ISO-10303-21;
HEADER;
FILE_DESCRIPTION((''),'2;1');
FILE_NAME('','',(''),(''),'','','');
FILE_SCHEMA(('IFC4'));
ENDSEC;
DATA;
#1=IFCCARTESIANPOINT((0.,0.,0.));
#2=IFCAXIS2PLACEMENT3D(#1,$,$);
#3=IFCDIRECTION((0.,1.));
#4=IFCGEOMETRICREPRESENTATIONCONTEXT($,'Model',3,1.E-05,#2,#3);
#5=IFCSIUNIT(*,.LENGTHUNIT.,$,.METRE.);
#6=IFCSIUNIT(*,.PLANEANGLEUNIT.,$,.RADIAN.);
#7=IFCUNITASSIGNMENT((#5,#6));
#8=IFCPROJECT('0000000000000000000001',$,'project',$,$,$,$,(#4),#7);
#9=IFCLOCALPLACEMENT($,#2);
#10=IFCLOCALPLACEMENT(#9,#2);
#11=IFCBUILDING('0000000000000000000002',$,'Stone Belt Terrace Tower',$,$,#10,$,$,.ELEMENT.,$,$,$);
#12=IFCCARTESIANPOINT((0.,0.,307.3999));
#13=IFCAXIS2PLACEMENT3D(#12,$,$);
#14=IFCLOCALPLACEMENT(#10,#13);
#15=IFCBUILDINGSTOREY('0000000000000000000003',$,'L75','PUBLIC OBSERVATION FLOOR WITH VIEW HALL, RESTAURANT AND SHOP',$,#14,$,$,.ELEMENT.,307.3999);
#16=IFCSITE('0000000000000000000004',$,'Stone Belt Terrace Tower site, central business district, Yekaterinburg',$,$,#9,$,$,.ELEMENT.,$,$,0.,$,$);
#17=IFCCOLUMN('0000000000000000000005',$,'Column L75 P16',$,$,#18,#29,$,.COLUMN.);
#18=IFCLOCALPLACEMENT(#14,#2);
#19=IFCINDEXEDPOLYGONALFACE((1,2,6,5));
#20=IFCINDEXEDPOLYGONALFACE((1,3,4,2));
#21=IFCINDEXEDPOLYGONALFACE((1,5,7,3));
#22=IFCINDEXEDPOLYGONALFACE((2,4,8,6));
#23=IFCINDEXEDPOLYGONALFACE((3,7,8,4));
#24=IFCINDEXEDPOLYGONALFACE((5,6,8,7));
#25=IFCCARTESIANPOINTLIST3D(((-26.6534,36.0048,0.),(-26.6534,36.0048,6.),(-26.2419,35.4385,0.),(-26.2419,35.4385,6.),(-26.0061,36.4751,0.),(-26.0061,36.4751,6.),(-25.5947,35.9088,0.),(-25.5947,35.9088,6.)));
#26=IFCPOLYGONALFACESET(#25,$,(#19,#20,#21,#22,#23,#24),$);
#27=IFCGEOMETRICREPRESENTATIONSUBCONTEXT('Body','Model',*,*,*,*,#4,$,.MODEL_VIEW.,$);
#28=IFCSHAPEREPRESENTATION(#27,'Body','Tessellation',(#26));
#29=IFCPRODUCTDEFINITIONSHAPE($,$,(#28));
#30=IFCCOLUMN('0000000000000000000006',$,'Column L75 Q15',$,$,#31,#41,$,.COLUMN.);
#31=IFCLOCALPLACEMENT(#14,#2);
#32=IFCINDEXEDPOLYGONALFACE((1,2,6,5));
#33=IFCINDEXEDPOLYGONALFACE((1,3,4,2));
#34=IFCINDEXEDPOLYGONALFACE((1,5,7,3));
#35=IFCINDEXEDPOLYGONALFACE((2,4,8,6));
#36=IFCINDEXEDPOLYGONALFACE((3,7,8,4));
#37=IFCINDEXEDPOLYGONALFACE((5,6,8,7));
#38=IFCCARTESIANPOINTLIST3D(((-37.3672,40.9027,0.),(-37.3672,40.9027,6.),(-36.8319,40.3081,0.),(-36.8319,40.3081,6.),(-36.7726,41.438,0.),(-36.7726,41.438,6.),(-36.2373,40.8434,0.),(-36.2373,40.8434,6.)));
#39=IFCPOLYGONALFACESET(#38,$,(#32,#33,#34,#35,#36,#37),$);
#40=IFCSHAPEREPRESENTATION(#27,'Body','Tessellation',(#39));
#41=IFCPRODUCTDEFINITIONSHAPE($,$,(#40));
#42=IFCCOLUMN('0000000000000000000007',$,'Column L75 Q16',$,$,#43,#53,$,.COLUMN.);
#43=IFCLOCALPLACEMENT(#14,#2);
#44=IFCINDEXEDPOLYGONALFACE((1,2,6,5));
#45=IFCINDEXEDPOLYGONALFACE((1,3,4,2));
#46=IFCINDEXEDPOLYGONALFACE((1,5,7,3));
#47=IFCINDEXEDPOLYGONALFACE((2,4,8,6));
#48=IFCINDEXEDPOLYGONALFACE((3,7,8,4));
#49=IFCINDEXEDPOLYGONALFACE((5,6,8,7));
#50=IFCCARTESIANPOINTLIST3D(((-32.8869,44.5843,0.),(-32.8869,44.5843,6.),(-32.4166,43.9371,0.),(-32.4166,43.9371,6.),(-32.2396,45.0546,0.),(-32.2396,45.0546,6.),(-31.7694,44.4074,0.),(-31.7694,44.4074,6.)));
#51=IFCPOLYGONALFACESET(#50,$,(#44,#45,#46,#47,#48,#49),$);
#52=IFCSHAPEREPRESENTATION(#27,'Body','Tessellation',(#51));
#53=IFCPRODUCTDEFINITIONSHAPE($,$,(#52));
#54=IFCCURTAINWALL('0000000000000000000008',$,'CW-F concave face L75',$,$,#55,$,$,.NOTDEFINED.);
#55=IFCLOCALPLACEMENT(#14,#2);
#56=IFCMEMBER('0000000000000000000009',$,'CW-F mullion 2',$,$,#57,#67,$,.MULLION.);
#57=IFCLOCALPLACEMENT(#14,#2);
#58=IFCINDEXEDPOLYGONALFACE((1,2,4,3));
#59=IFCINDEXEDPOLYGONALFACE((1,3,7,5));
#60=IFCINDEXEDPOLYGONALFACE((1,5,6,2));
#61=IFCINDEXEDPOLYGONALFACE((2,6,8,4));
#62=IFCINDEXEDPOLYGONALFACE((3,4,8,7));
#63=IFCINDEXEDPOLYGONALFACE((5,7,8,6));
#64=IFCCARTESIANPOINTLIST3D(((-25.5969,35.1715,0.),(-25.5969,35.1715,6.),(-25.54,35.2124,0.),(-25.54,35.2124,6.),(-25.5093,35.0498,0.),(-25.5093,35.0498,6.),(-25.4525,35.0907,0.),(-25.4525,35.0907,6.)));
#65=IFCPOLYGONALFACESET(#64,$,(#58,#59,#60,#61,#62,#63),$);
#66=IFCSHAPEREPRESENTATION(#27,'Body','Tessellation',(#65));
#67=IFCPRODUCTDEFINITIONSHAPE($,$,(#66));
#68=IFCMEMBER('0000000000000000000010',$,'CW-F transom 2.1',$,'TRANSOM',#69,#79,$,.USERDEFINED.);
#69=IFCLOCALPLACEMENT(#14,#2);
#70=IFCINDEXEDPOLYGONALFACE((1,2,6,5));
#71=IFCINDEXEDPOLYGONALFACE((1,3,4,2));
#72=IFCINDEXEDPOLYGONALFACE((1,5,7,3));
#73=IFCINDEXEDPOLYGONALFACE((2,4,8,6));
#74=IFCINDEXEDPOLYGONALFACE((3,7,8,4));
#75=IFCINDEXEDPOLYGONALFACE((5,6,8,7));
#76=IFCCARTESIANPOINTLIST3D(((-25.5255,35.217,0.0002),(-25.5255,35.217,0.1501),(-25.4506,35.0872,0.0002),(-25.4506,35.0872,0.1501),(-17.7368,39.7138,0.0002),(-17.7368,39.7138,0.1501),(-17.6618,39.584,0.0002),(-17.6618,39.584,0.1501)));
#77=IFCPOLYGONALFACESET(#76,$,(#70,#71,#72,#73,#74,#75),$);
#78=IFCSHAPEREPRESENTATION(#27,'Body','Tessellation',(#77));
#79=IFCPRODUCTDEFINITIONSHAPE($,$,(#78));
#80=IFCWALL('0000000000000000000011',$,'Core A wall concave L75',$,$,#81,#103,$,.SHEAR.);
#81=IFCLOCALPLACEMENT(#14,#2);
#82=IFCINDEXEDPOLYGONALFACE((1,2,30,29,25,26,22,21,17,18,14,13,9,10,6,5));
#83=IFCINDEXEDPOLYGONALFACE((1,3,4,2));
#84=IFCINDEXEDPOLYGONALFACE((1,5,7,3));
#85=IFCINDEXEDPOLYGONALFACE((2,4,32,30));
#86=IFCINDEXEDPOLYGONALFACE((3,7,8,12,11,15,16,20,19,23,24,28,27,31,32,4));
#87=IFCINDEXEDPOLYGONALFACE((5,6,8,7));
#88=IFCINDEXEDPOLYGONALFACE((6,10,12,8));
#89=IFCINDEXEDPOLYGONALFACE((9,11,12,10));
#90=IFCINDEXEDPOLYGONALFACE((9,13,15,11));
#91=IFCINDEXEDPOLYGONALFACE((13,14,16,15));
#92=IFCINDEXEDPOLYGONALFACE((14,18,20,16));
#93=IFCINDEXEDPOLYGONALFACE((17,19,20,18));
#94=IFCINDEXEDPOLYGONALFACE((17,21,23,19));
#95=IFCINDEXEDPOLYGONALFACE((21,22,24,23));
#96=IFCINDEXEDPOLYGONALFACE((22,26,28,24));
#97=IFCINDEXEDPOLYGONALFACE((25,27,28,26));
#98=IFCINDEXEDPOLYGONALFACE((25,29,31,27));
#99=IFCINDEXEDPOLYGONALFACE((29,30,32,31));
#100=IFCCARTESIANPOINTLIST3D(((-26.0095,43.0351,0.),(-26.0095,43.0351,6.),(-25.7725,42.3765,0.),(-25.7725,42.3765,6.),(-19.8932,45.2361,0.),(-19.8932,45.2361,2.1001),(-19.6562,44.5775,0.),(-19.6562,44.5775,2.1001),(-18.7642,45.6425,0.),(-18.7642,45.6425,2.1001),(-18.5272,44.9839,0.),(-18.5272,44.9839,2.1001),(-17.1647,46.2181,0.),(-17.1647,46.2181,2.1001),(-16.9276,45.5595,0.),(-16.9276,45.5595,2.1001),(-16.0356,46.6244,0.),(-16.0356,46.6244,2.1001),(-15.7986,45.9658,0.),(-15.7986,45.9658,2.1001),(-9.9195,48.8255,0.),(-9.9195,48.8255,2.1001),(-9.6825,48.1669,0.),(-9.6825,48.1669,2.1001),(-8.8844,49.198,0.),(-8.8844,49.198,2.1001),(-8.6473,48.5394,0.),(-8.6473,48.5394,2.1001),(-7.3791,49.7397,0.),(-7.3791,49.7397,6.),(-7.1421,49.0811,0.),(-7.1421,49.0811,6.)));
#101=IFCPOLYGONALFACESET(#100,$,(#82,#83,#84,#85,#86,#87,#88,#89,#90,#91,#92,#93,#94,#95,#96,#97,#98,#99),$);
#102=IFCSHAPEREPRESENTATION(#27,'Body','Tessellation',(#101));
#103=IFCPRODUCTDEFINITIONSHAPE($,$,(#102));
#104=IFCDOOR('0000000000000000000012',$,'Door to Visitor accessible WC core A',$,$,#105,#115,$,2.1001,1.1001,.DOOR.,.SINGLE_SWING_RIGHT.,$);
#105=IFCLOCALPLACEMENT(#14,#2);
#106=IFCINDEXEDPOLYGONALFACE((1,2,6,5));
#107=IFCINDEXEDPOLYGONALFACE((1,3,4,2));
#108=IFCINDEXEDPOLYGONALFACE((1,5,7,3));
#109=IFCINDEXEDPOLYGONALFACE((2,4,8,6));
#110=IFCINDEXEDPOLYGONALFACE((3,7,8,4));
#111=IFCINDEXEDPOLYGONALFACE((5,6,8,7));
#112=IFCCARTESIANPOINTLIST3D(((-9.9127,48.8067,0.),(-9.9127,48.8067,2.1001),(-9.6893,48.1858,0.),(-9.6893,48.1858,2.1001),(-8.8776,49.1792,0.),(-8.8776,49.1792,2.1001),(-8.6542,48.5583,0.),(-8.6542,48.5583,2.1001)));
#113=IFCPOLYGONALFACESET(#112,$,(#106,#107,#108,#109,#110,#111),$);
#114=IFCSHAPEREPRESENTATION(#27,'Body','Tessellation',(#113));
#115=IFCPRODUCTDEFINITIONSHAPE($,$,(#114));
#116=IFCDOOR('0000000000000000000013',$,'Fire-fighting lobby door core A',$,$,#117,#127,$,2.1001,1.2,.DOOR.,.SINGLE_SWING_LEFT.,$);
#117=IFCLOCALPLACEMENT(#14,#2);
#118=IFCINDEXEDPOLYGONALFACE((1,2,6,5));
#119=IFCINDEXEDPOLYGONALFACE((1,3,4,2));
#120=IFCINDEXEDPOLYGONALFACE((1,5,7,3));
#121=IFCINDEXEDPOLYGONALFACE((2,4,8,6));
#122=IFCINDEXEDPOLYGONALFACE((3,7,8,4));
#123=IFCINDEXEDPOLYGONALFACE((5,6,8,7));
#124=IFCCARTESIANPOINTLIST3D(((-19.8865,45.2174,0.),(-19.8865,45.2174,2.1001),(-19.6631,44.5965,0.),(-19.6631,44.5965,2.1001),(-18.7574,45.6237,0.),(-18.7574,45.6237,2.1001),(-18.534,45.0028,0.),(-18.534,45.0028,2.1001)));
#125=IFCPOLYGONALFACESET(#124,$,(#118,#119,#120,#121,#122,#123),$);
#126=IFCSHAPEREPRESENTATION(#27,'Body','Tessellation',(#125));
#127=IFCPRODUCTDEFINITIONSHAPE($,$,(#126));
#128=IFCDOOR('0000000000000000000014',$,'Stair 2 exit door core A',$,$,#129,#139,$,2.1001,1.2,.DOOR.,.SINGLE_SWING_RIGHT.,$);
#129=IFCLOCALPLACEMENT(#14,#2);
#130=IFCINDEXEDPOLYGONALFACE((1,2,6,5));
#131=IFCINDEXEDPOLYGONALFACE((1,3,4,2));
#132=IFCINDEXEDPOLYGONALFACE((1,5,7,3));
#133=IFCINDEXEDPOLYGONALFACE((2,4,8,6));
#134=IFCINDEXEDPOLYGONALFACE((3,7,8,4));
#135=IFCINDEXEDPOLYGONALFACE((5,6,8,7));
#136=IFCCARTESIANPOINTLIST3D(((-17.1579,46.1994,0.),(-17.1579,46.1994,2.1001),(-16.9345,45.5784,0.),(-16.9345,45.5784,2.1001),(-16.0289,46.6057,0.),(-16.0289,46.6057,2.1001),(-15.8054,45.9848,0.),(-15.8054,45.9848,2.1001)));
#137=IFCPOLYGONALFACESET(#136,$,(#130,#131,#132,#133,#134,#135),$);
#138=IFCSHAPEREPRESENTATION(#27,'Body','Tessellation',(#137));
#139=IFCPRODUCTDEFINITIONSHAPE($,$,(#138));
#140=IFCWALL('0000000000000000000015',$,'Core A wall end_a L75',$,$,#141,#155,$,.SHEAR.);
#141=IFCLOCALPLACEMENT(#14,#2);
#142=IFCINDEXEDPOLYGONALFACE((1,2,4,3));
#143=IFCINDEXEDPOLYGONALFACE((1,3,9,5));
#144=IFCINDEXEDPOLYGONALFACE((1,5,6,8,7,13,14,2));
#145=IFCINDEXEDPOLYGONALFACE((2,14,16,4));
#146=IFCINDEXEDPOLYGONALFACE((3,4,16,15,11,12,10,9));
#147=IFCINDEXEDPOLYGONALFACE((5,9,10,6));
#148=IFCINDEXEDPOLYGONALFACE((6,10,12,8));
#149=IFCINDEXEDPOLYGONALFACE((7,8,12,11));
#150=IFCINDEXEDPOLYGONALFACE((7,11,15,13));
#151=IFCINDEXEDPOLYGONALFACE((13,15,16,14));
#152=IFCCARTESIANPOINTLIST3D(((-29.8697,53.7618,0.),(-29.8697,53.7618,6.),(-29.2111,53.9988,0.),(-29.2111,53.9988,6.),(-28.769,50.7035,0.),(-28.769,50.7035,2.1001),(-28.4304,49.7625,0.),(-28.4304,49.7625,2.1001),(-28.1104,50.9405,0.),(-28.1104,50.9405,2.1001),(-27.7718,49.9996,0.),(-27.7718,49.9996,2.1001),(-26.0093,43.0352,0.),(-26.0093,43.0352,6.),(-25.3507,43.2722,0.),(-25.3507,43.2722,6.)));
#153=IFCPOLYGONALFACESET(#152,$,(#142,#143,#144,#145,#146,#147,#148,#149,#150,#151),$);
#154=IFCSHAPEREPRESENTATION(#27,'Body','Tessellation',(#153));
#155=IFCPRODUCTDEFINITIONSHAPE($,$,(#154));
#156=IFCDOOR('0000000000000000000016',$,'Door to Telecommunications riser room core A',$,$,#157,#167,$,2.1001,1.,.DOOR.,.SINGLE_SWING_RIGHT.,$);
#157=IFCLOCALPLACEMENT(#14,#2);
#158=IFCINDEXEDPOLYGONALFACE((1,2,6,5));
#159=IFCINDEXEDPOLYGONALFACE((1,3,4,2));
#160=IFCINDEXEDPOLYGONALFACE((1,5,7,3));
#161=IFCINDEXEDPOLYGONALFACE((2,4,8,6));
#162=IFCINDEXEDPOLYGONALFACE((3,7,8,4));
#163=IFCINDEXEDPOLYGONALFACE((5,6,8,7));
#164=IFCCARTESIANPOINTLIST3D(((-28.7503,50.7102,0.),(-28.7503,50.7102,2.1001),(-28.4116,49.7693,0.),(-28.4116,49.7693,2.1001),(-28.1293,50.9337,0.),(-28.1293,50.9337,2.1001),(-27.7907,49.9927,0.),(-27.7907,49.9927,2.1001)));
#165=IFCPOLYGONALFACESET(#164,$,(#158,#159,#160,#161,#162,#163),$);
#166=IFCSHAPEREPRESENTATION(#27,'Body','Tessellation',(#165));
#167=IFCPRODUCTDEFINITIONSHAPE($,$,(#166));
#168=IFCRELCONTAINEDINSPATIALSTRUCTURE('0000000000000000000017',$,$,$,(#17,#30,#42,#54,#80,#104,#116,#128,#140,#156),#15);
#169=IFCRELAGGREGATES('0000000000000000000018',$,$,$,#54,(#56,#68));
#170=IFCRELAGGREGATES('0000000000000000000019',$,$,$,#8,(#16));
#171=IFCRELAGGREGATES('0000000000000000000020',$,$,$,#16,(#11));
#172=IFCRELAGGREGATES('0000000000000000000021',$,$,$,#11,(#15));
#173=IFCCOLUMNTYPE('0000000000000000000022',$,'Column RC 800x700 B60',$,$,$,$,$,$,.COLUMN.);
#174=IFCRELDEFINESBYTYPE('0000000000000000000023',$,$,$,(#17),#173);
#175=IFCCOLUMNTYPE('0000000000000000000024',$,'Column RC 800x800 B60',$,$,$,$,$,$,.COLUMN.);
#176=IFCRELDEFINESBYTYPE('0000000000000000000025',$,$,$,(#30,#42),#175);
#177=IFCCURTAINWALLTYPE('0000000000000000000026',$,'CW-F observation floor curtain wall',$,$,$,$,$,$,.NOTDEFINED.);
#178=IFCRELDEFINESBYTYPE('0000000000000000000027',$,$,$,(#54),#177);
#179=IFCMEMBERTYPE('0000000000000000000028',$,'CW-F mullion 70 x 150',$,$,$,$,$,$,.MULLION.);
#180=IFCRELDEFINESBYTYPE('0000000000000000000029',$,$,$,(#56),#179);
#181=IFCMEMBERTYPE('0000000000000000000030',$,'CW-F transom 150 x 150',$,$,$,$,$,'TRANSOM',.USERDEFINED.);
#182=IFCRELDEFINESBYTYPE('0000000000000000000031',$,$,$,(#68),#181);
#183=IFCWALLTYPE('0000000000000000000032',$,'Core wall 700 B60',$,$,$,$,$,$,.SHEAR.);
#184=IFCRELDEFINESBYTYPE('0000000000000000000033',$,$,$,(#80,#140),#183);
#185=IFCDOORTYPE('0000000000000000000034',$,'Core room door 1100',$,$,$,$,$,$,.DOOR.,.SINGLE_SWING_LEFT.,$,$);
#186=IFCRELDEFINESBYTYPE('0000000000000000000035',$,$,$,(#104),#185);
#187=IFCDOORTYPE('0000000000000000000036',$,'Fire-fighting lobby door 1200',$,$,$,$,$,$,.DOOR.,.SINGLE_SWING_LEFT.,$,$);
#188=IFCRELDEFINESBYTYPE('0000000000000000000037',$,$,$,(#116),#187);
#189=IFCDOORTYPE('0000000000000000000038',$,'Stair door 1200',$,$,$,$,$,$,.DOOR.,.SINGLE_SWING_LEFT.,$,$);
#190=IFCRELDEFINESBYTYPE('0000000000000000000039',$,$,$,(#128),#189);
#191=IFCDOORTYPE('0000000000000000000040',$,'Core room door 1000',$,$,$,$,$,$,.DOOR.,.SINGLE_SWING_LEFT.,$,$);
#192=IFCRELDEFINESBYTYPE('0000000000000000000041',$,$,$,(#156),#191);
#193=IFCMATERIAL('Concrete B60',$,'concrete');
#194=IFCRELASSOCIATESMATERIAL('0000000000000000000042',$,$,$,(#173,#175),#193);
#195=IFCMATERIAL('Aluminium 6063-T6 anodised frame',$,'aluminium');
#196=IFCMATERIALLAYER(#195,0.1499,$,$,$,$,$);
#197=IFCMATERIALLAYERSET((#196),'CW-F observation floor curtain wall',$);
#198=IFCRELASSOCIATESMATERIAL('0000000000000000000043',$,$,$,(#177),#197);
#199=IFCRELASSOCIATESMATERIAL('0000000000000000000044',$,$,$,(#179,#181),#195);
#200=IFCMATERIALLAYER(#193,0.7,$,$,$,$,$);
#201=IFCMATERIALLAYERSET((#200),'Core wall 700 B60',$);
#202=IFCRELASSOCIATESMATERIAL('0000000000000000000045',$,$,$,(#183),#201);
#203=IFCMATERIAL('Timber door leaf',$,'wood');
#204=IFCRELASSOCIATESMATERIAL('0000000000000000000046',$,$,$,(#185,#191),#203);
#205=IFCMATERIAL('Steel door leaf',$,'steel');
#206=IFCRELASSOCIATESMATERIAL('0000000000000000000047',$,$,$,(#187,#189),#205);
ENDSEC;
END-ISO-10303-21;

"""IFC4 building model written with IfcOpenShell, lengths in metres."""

from ifc_helpers import new_model, si_unit, direction, frame, frame_2d, origin, origin_2d, place, context, subcontext, project, spatial, rectangle, extrude, material, layer, layer_set, material_profile, profile_set, type_object, element, fill, aggregate, save


model = new_model("IFC4")

# Units and contexts
model_context = context("Model", 3, precision=1e-05, world=origin(), true_north=direction((0.0, 1.0)))
body_context = subcontext(model_context, "Body", "Model", "MODEL_VIEW")
ifc_project = project(units=[si_unit("LENGTHUNIT", "METRE"), si_unit("PLANEANGLEUNIT", "RADIAN")], contexts=[model_context])

# Site, building, storey
site_placement = place(None, origin())
site = spatial("IfcSite", under=ifc_project, at=site_placement, Name="Stone Belt Terrace Tower site, central business district, Yekaterinburg", CompositionType="ELEMENT", RefElevation=0.0)
building_placement = place(site_placement, origin())
building = spatial("IfcBuilding", under=site, at=building_placement, Name="Stone Belt Terrace Tower", CompositionType="ELEMENT")
storey_placement = place(building_placement, frame((0.0, 0.0, 307.3999)))
storey = spatial("IfcBuildingStorey", under=building, at=storey_placement, Name="L75", Description="PUBLIC OBSERVATION FLOOR WITH VIEW HALL, RESTAURANT AND SHOP", CompositionType="ELEMENT", Elevation=307.3999)

# Columns
ifc_material_1 = material(Name="Concrete B60", Category="concrete")
ifc_material_profile_1 = material_profile(ifc_material_1, rectangle(XDim=0.8, YDim=0.7, at=origin_2d()), Name="RC 800x700")
ifc_profile_set_1 = profile_set([ifc_material_profile_1], Name="Concrete B60")
column_type_1 = type_object("IfcColumnType", Name="Column RC 800x700 B60", PredefinedType="COLUMN", material=ifc_profile_set_1)
column_placement = place(storey_placement, frame((-26.124, 35.9568, 0.0), z_axis=(0.0, 0.0, 1.0), x_axis=(0.809017, 0.587785, 0.0)))
element("IfcColumn", 1, at=column_placement, inside=storey, type_object=column_type_1, Name="Column L75 P16", PredefinedType="COLUMN", context=body_context, shape_type="SweptSolid", body=[
    extrude(rectangle(XDim=0.8, YDim=0.7, at=origin_2d()), origin(), (0.0, 0.0, 1.0), 6.0),
])
ifc_material_profile_2 = material_profile(ifc_material_1, rectangle(XDim=0.8, YDim=0.8, at=origin_2d()), Name="RC 800x800")
ifc_profile_set_2 = profile_set([ifc_material_profile_2], Name="Concrete B60")
column_type_2 = type_object("IfcColumnType", Name="Column RC 800x800 B60", PredefinedType="COLUMN", material=ifc_profile_set_2)
for number, where, z_axis, x_axis, name in (
    (2, (-36.8022, 40.873, 0.0), (0.0, 0.0, 1.0), (0.743145, 0.669131, 0.0), "Column L75 Q15"),
    (3, (-32.3281, 44.4958, 0.0), (0.0, 0.0, 1.0), (0.809017, 0.587785, 0.0), "Column L75 Q16"),
):
    element("IfcColumn", number, at=place(storey_placement, frame(where, z_axis=z_axis, x_axis=x_axis)), inside=storey, type_object=column_type_2, Name=name, PredefinedType="COLUMN", context=body_context, shape_type="SweptSolid", body=[
        extrude(rectangle(XDim=0.8, YDim=0.8, at=origin_2d()), origin(), (0.0, 0.0, 1.0), 6.0),
    ])

# Curtain wall, members
ifc_material_2 = material(Name="Aluminium 6063-T6 anodised frame", Category="aluminium")
ifc_layer_1 = layer(ifc_material_2, 0.1499)
ifc_layer_set_1 = layer_set([ifc_layer_1], Name="CW-F observation floor curtain wall")
curtain_wall_type = type_object("IfcCurtainWallType", Name="CW-F observation floor curtain wall", PredefinedType="NOTDEFINED", material=ifc_layer_set_1)
curtain_wall_placement = place(storey_placement, origin())
curtain_wall = element("IfcCurtainWall", 4, at=curtain_wall_placement, inside=storey, type_object=curtain_wall_type, Name="CW-F concave face L75", PredefinedType="NOTDEFINED")
ifc_material_profile_3 = material_profile(ifc_material_2, rectangle(XDim=0.1499, YDim=0.0701, at=origin_2d()), Name="Aluminium 6063-T6 70x150")
ifc_profile_set_3 = profile_set([ifc_material_profile_3], Name="Aluminium 6063-T6 anodised frame")
member_type_1 = type_object("IfcMemberType", Name="CW-F mullion 70 x 150", PredefinedType="MULLION", material=ifc_profile_set_3)
member_1_placement = place(storey_placement, frame((-25.5247, 35.1311, 0.0), z_axis=(0.0, 0.0, 1.0), x_axis=(-0.583819, 0.811884, 0.0)))
member_1 = element("IfcMember", 5, at=member_1_placement, type_object=member_type_1, Name="CW-F mullion 2", PredefinedType="MULLION", context=body_context, shape_type="SweptSolid", body=[
    extrude(rectangle(XDim=0.1499, YDim=0.0701, at=origin_2d()), origin(), (0.0, 0.0, 1.0), 6.0),
])
ifc_material_profile_4 = material_profile(ifc_material_2, rectangle(XDim=0.1499, YDim=0.1499, at=origin_2d()), Name="Aluminium 6063-T6 150x150")
ifc_profile_set_4 = profile_set([ifc_material_profile_4], Name="Aluminium 6063-T6 anodised frame")
member_type_2 = type_object("IfcMemberType", Name="CW-F transom 150 x 150", ElementType="TRANSOM", PredefinedType="USERDEFINED", material=ifc_profile_set_4)
member_2_placement = place(storey_placement, frame((-25.488, 35.1521, 0.0752), z_axis=(0.866028, 0.499996, 0.0), x_axis=(-0.499996, 0.866028, 0.0)))
member_2 = element("IfcMember", 6, at=member_2_placement, type_object=member_type_2, Name="CW-F transom 2.1", ObjectType="TRANSOM", PredefinedType="USERDEFINED", context=body_context, shape_type="SweptSolid", body=[
    extrude(rectangle(XDim=0.1499, YDim=0.1499, at=origin_2d()), origin(), (0.0, 0.0, 1.0), 8.9937),
])
aggregate(curtain_wall, [member_1, member_2])

# Wall, openings, doors
ifc_layer_2 = layer(ifc_material_1, 0.7)
ifc_layer_set_2 = layer_set([ifc_layer_2], Name="Core wall 700 B60")
wall_type_1 = type_object("IfcWallType", Name="Core wall 700 B60", PredefinedType="SHEAR", material=ifc_layer_set_2)
wall_1_placement = place(storey_placement, frame((-25.8909, 42.7058, 0.0), z_axis=(0.0, 0.0, 1.0), x_axis=(0.940925, 0.338615, 0.0)))
wall_1 = element("IfcWall", 7, at=wall_1_placement, inside=storey, type_object=wall_type_1, Name="Core A wall concave L75", PredefinedType="SHEAR", context=body_context, shape_type="SweptSolid", body=[
    extrude(rectangle(XDim=19.8, YDim=0.7, at=frame_2d((9.8999, 0.0))), origin(), (0.0, 0.0, 1.0), 6.0),
])
opening_1_placement = place(wall_1_placement, frame((6.5, 0.0, 0.0)))
opening_1 = element("IfcOpeningElement", 8, at=opening_1_placement, cuts=wall_1, PredefinedType="OPENING", context=body_context, shape_type="SweptSolid", body=[
    extrude(rectangle(XDim=1.2, YDim=2.1001, at=frame_2d((0.6001, 1.05))), frame((0.0, 0.3599, 0.0), z_axis=(0.0, -1.0, 0.0), x_axis=(1.0, 0.0, 0.0)), (0.0, 0.0, 1.0), 0.72),
])
opening_2_placement = place(wall_1_placement, frame((9.3999, 0.0, 0.0)))
opening_2 = element("IfcOpeningElement", 9, at=opening_2_placement, cuts=wall_1, PredefinedType="OPENING", context=body_context, shape_type="SweptSolid", body=[
    extrude(rectangle(XDim=1.2, YDim=2.1001, at=frame_2d((0.6001, 1.05))), frame((0.0, 0.3599, 0.0), z_axis=(0.0, -1.0, 0.0), x_axis=(1.0, 0.0, 0.0)), (0.0, 0.0, 1.0), 0.72),
])
opening_3_placement = place(wall_1_placement, frame((17.1001, 0.0, 0.0)))
opening_3 = element("IfcOpeningElement", 10, at=opening_3_placement, cuts=wall_1, PredefinedType="OPENING", context=body_context, shape_type="SweptSolid", body=[
    extrude(rectangle(XDim=1.1001, YDim=2.1001, at=frame_2d((0.55, 1.05))), frame((0.0, 0.3599, 0.0), z_axis=(0.0, -1.0, 0.0), x_axis=(1.0, 0.0, 0.0)), (0.0, 0.0, 1.0), 0.72),
])
ifc_material_3 = material(Name="Timber door leaf", Category="wood")
door_type_1 = type_object("IfcDoorType", Name="Core room door 1100", OperationType="SINGLE_SWING_LEFT", PredefinedType="DOOR", material=ifc_material_3)
door_1_placement = place(opening_3_placement, origin())
door_1 = element("IfcDoor", 11, at=door_1_placement, inside=storey, type_object=door_type_1, Name="Door to Visitor accessible WC core A", OperationType="SINGLE_SWING_RIGHT", OverallHeight=2.1001, OverallWidth=1.1001, PredefinedType="DOOR", context=body_context, shape_type="SweptSolid", body=[
    extrude(rectangle(XDim=1.1001, YDim=2.1001, at=frame_2d((0.55, 1.05))), frame((0.0, 0.3301, 0.0), z_axis=(0.0, -1.0, 0.0), x_axis=(1.0, 0.0, 0.0)), (0.0, 0.0, 1.0), 0.6599),
])
fill(opening_3, door_1)
ifc_material_4 = material(Name="Steel door leaf", Category="steel")
door_type_2 = type_object("IfcDoorType", Name="Fire-fighting lobby door 1200", OperationType="SINGLE_SWING_LEFT", PredefinedType="DOOR", material=ifc_material_4)
door_2_placement = place(opening_1_placement, origin())
door_2 = element("IfcDoor", 12, at=door_2_placement, inside=storey, type_object=door_type_2, Name="Fire-fighting lobby door core A", OperationType="SINGLE_SWING_LEFT", OverallHeight=2.1001, OverallWidth=1.2, PredefinedType="DOOR", context=body_context, shape_type="SweptSolid", body=[
    extrude(rectangle(XDim=1.2, YDim=2.1001, at=frame_2d((0.6001, 1.05))), frame((0.0, 0.3301, 0.0), z_axis=(0.0, -1.0, 0.0), x_axis=(1.0, 0.0, 0.0)), (0.0, 0.0, 1.0), 0.6599),
])
fill(opening_1, door_2)
door_type_3 = type_object("IfcDoorType", Name="Stair door 1200", OperationType="SINGLE_SWING_LEFT", PredefinedType="DOOR", material=ifc_material_4)
door_3_placement = place(opening_2_placement, origin())
door_3 = element("IfcDoor", 13, at=door_3_placement, inside=storey, type_object=door_type_3, Name="Stair 2 exit door core A", OperationType="SINGLE_SWING_RIGHT", OverallHeight=2.1001, OverallWidth=1.2, PredefinedType="DOOR", context=body_context, shape_type="SweptSolid", body=[
    extrude(rectangle(XDim=1.2, YDim=2.1001, at=frame_2d((0.6001, 1.05))), frame((0.0, 0.3301, 0.0), z_axis=(0.0, -1.0, 0.0), x_axis=(1.0, 0.0, 0.0)), (0.0, 0.0, 1.0), 0.6599),
])
fill(opening_2, door_3)

# Wall, opening, door
wall_2_placement = place(storey_placement, frame((-25.6799, 43.1536, 0.0), z_axis=(0.0, 0.0, 1.0), x_axis=(-0.338625, 0.940921, 0.0)))
wall_2 = element("IfcWall", 14, at=wall_2_placement, inside=storey, type_object=wall_type_1, Name="Core A wall end_a L75", PredefinedType="SHEAR", context=body_context, shape_type="SweptSolid", body=[
    extrude(rectangle(XDim=11.4001, YDim=0.7, at=frame_2d((5.7002, 0.0))), origin(), (0.0, 0.0, 1.0), 6.0),
])
opening_4_placement = place(wall_2_placement, frame((7.1499, 0.0, 0.0)))
opening_4 = element("IfcOpeningElement", 15, at=opening_4_placement, cuts=wall_2, PredefinedType="OPENING", context=body_context, shape_type="SweptSolid", body=[
    extrude(rectangle(XDim=1.0, YDim=2.1001, at=frame_2d((0.5, 1.05))), frame((0.0, 0.3599, 0.0), z_axis=(0.0, -1.0, 0.0), x_axis=(1.0, 0.0, 0.0)), (0.0, 0.0, 1.0), 0.72),
])
door_type_4 = type_object("IfcDoorType", Name="Core room door 1000", OperationType="SINGLE_SWING_LEFT", PredefinedType="DOOR", material=ifc_material_3)
door_4_placement = place(opening_4_placement, origin())
door_4 = element("IfcDoor", 16, at=door_4_placement, inside=storey, type_object=door_type_4, Name="Door to Telecommunications riser room core A", OperationType="SINGLE_SWING_RIGHT", OverallHeight=2.1001, OverallWidth=1.0, PredefinedType="DOOR", context=body_context, shape_type="SweptSolid", body=[
    extrude(rectangle(XDim=1.0, YDim=2.1001, at=frame_2d((0.5, 1.05))), frame((0.0, 0.3301, 0.0), z_axis=(0.0, -1.0, 0.0), x_axis=(1.0, 0.0, 0.0)), (0.0, 0.0, 1.0), 0.6599),
])
fill(opening_4, door_4)

save(model, "model.ifc")
